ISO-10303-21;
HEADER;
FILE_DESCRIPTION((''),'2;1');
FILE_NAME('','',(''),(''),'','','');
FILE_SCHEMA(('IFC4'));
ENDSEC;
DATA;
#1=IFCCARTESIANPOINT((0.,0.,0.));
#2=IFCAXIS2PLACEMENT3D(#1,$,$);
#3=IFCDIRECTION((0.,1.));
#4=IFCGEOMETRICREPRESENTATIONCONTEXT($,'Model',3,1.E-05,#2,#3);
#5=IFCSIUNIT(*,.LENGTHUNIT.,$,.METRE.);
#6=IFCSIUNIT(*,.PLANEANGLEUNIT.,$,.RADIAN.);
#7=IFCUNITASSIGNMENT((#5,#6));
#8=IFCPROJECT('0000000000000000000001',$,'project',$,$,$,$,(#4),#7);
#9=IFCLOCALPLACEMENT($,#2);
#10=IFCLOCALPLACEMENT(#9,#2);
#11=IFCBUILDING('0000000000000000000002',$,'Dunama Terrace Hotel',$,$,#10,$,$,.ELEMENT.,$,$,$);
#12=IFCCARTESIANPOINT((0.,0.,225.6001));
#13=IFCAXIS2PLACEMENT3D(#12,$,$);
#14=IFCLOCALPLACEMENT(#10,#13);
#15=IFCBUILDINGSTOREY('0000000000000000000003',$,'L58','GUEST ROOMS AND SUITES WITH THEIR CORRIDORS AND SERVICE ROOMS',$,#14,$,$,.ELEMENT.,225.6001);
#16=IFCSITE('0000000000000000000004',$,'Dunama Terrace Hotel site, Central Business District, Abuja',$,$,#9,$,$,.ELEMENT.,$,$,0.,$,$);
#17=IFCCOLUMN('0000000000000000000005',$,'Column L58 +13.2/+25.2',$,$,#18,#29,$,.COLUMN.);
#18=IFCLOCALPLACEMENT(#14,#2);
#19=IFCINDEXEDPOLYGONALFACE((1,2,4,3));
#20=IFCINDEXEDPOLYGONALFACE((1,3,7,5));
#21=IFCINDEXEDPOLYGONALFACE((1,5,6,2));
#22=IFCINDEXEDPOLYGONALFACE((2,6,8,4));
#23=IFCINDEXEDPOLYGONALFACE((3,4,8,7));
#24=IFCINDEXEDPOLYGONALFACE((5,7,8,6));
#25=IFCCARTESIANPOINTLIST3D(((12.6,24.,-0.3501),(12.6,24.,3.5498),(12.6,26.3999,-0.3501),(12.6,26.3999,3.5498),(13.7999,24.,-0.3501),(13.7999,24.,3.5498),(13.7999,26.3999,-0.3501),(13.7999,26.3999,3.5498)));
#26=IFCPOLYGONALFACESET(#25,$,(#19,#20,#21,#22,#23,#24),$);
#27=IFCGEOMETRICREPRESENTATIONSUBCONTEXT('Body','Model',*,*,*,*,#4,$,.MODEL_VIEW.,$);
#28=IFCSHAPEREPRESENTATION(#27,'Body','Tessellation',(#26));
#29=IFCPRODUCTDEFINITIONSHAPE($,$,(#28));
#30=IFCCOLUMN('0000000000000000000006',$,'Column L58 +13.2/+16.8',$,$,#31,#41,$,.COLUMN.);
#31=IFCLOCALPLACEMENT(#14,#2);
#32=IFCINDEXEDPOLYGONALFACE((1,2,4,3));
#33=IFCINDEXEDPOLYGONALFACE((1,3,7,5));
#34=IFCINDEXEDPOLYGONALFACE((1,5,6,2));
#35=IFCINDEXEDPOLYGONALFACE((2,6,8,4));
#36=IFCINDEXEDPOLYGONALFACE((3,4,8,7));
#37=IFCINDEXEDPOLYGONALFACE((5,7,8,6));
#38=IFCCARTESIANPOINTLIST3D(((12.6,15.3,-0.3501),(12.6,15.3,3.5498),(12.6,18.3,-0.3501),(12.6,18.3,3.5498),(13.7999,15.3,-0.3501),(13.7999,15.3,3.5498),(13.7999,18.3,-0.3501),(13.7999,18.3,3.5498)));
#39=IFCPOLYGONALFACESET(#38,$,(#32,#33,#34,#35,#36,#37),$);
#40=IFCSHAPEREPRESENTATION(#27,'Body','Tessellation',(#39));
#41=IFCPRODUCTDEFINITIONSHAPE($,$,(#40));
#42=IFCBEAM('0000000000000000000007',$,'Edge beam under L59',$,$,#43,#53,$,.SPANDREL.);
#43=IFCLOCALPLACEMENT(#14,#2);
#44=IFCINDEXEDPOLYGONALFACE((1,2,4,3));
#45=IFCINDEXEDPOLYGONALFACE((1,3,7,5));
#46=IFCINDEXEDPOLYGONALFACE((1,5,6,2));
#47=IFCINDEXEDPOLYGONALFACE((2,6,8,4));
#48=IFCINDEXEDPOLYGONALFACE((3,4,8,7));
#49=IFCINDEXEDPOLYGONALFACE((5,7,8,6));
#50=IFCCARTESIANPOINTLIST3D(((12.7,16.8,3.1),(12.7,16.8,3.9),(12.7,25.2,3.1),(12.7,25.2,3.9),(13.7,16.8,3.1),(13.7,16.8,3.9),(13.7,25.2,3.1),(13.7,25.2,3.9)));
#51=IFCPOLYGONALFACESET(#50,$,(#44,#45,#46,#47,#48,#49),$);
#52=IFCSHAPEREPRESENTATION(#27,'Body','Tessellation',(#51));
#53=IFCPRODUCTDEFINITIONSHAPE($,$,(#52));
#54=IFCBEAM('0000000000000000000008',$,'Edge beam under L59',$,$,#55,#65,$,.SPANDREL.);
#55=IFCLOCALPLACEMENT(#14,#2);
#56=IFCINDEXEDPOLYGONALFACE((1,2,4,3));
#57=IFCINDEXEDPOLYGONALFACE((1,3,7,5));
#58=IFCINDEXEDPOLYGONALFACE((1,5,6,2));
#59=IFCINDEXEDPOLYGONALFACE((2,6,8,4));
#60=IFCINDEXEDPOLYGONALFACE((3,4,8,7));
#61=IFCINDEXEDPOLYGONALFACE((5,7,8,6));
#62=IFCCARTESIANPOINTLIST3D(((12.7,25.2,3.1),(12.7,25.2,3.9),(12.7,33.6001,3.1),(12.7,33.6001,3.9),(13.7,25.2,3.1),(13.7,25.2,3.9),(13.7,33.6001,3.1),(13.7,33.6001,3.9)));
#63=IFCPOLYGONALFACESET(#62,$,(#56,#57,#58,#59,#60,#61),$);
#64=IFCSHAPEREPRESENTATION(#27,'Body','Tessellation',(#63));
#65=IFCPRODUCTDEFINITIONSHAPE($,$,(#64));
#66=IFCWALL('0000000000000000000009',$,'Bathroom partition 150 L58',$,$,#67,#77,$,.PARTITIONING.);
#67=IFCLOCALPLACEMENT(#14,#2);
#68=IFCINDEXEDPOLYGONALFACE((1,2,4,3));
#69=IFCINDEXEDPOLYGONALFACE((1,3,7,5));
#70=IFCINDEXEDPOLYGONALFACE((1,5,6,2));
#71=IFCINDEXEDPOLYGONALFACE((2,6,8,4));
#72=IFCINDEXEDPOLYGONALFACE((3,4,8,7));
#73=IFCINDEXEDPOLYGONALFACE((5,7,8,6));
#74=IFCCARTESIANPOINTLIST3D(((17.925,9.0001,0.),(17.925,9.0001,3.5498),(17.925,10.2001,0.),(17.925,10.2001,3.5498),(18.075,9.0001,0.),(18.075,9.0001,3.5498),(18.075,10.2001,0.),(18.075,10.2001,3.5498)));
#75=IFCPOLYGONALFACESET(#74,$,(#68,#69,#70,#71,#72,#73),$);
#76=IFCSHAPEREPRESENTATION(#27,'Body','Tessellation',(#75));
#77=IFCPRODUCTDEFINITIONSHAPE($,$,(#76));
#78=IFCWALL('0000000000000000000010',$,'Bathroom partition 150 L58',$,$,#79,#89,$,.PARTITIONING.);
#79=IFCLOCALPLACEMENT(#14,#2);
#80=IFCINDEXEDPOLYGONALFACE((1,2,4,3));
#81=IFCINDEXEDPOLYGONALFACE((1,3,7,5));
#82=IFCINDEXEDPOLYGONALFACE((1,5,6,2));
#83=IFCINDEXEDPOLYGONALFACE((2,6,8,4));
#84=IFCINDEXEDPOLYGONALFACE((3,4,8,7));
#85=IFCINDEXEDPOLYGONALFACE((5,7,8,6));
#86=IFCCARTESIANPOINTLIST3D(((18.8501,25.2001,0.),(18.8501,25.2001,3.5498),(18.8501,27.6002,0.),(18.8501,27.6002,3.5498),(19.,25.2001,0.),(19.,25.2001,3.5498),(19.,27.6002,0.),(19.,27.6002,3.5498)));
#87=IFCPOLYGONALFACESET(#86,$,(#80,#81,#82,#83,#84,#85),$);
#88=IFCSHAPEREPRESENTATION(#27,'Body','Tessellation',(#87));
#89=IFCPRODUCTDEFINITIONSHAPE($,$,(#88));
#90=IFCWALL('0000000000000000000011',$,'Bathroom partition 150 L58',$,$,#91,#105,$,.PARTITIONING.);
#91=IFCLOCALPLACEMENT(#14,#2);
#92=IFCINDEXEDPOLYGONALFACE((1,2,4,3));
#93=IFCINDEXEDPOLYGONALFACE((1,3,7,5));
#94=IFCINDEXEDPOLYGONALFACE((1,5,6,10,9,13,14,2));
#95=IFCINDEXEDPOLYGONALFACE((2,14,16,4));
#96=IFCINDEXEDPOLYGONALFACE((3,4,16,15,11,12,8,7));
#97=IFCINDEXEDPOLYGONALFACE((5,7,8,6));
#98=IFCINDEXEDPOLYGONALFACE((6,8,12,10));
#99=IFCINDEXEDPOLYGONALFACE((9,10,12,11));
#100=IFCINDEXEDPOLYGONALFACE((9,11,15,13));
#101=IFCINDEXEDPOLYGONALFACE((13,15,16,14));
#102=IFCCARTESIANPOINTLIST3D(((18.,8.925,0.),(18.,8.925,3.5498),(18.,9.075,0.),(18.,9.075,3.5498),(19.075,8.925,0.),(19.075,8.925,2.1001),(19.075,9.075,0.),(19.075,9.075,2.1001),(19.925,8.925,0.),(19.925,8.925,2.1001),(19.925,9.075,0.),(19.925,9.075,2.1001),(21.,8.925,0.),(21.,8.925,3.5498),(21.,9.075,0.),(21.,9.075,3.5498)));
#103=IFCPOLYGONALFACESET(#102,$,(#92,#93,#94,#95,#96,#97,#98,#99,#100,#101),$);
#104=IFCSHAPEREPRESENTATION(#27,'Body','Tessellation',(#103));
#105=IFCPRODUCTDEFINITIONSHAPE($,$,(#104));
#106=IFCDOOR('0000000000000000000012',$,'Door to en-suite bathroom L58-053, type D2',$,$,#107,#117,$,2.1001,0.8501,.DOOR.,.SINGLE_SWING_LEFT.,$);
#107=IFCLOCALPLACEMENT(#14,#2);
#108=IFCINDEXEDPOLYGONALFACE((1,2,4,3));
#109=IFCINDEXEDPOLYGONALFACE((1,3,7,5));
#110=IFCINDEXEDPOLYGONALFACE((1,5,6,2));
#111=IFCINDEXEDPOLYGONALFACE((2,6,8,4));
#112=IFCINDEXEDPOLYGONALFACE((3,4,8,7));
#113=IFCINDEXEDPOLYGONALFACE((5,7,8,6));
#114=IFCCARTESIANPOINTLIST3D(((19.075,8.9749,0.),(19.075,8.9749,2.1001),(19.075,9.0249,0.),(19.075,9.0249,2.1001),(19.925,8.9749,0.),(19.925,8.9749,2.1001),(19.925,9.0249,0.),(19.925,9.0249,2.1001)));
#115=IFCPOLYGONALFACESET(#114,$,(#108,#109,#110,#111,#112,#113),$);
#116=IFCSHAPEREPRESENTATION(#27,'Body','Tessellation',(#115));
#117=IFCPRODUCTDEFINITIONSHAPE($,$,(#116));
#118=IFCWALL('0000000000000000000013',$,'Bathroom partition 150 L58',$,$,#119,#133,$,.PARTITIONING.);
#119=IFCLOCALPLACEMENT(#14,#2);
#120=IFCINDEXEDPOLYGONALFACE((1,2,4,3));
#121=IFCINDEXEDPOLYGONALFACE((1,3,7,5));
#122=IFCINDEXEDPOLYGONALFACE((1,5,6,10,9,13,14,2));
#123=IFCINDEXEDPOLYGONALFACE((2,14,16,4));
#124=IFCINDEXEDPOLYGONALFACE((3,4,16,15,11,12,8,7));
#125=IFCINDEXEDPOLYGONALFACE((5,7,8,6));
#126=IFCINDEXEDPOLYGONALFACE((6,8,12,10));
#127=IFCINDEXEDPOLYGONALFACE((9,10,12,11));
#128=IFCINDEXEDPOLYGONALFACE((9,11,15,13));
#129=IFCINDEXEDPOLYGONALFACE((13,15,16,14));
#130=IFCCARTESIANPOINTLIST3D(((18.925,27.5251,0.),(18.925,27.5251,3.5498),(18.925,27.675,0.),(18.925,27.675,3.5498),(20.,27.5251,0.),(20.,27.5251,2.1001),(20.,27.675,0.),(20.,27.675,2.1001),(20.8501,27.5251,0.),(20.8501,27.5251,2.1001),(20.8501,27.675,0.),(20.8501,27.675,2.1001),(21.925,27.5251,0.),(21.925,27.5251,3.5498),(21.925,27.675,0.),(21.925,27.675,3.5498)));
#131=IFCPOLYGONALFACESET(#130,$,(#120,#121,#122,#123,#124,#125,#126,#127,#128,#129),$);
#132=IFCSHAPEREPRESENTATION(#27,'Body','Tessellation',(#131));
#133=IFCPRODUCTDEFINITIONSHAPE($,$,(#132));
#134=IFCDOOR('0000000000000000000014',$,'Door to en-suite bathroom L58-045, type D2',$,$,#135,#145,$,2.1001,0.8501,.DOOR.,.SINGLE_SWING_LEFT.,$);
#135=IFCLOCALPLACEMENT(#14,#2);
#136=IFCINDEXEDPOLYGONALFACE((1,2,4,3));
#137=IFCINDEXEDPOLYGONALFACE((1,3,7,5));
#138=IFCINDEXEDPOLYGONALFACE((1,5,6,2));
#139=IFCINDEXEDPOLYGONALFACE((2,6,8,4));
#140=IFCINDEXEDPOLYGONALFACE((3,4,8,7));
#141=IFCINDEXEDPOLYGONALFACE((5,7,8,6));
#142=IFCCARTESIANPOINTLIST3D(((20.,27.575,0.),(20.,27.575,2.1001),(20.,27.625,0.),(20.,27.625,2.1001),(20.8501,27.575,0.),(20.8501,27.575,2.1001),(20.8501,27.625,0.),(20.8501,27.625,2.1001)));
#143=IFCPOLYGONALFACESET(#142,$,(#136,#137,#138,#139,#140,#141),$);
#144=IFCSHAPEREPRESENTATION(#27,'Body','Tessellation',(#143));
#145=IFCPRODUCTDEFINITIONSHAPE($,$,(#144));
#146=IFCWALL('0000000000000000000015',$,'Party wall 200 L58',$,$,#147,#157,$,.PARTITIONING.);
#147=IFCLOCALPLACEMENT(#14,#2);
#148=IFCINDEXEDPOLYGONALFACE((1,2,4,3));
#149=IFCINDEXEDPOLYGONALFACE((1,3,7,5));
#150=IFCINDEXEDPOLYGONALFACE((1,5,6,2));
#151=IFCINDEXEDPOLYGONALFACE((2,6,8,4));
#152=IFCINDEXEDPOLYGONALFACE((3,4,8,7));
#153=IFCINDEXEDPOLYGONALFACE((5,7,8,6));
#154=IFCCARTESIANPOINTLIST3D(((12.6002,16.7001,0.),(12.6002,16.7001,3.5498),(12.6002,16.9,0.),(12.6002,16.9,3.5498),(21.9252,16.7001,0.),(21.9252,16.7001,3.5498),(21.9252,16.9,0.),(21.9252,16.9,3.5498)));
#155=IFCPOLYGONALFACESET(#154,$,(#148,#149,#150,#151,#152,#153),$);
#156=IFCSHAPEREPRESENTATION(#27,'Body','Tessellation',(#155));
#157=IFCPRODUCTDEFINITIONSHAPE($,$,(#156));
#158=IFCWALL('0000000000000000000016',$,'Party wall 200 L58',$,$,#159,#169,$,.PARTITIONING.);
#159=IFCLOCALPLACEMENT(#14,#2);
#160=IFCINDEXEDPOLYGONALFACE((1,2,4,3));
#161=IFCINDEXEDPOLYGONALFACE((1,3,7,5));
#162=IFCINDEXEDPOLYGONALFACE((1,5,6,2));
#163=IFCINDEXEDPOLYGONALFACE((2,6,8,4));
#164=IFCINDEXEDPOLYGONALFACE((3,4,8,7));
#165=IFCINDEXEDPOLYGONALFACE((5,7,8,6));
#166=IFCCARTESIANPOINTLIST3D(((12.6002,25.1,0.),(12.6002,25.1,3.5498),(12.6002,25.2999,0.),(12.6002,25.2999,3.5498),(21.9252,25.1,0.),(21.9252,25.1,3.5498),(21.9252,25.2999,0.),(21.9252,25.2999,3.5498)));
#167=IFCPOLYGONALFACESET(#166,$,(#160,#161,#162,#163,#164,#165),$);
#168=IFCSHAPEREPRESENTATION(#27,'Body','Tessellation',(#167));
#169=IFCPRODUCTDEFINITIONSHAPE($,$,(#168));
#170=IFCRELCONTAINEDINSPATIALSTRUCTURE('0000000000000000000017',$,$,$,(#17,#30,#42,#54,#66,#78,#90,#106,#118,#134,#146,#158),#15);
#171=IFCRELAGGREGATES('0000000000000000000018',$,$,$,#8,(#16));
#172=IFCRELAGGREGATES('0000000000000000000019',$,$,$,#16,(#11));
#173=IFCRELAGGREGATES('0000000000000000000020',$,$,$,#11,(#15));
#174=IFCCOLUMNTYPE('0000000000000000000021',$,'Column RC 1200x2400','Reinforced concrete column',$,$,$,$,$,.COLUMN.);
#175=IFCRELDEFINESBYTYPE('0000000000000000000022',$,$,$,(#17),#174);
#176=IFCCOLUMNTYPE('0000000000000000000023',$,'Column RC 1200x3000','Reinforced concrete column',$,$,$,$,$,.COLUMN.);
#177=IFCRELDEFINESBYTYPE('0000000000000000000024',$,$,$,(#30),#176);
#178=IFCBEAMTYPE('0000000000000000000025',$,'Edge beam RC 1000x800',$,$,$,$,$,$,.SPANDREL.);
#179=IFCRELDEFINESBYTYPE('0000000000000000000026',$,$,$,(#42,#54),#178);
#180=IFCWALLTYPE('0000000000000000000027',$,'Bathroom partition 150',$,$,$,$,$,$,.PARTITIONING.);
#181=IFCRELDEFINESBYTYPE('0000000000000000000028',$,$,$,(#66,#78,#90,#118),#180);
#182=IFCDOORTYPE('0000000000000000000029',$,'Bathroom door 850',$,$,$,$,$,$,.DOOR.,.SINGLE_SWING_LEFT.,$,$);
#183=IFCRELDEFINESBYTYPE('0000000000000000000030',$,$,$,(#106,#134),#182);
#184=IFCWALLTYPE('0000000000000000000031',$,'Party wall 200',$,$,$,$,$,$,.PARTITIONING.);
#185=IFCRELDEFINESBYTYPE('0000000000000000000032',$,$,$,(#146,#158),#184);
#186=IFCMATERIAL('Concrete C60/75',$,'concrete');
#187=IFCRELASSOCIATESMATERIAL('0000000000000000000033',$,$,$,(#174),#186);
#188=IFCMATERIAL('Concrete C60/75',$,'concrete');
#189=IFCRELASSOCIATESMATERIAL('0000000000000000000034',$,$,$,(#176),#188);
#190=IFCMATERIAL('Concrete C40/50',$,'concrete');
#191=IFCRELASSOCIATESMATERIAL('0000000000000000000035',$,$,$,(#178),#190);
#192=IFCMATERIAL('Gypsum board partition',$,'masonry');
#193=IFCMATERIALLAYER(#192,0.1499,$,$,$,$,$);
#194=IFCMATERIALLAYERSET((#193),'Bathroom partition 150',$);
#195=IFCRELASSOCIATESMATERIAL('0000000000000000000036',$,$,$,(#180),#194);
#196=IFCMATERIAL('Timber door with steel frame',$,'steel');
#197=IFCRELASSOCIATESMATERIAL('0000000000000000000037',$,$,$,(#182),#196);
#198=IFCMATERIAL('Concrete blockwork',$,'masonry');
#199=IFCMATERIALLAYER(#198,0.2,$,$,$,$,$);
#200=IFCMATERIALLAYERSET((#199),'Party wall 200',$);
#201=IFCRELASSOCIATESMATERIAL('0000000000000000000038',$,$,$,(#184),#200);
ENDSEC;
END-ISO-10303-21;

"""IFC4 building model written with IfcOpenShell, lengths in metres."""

from ifc_helpers import new_model, si_unit, direction, frame, frame_2d, origin, origin_2d, place, context, subcontext, project, spatial, rectangle, extrude, material, layer, layer_set, material_profile, profile_set, type_object, element, fill, save


model = new_model("IFC4")

# Units and contexts
model_context = context("Model", 3, precision=1e-05, world=origin(), true_north=direction((0.0, 1.0)))
body_context = subcontext(model_context, "Body", "Model", "MODEL_VIEW")
ifc_project = project(units=[si_unit("LENGTHUNIT", "METRE"), si_unit("PLANEANGLEUNIT", "RADIAN")], contexts=[model_context])

# Site, building, storey
site_placement = place(None, origin())
site = spatial("IfcSite", under=ifc_project, at=site_placement, Name="Dunama Terrace Hotel site, Central Business District, Abuja", CompositionType="ELEMENT", RefElevation=0.0)
building_placement = place(site_placement, origin())
building = spatial("IfcBuilding", under=site, at=building_placement, Name="Dunama Terrace Hotel", CompositionType="ELEMENT")
storey_placement = place(building_placement, frame((0.0, 0.0, 225.6001)))
storey = spatial("IfcBuildingStorey", under=building, at=storey_placement, Name="L58", Description="GUEST ROOMS AND SUITES WITH THEIR CORRIDORS AND SERVICE ROOMS", CompositionType="ELEMENT", Elevation=225.6001)

# Columns
ifc_material_1 = material(Name="Concrete C60/75", Category="concrete")
ifc_material_profile_1 = material_profile(ifc_material_1, rectangle(XDim=1.2, YDim=2.3999, at=origin_2d()), Name="RC 1200x2400")
ifc_profile_set_1 = profile_set([ifc_material_profile_1], Name="Concrete C60/75")
column_type_1 = type_object("IfcColumnType", Name="Column RC 1200x2400", Description="Reinforced concrete column", PredefinedType="COLUMN", material=ifc_profile_set_1)
column_1_placement = place(storey_placement, frame((13.2, 25.2, -0.3501), z_axis=(0.0, 0.0, 1.0), x_axis=(1.0, 0.0, 0.0)))
element("IfcColumn", 1, at=column_1_placement, inside=storey, type_object=column_type_1, Name="Column L58 +13.2/+25.2", PredefinedType="COLUMN", context=body_context, shape_type="SweptSolid", body=[
    extrude(rectangle(XDim=1.2, YDim=2.3999, at=origin_2d()), origin(), (0.0, 0.0, 1.0), 3.8999),
])
ifc_material_2 = material(Name="Concrete C60/75", Category="concrete")
ifc_material_profile_2 = material_profile(ifc_material_2, rectangle(XDim=1.2, YDim=3.0, at=origin_2d()), Name="RC 1200x3000")
ifc_profile_set_2 = profile_set([ifc_material_profile_2], Name="Concrete C60/75")
column_type_2 = type_object("IfcColumnType", Name="Column RC 1200x3000", Description="Reinforced concrete column", PredefinedType="COLUMN", material=ifc_profile_set_2)
column_2_placement = place(storey_placement, frame((13.2, 16.8, -0.3501), z_axis=(0.0, 0.0, 1.0), x_axis=(1.0, 0.0, 0.0)))
element("IfcColumn", 2, at=column_2_placement, inside=storey, type_object=column_type_2, Name="Column L58 +13.2/+16.8", PredefinedType="COLUMN", context=body_context, shape_type="SweptSolid", body=[
    extrude(rectangle(XDim=1.2, YDim=3.0, at=origin_2d()), origin(), (0.0, 0.0, 1.0), 3.8999),
])

# Beams
ifc_material_3 = material(Name="Concrete C40/50", Category="concrete")
ifc_material_profile_3 = material_profile(ifc_material_3, rectangle(XDim=1.0, YDim=0.8, at=origin_2d()), Name="RC 1000x800")
ifc_profile_set_3 = profile_set([ifc_material_profile_3], Name="Concrete C40/50")
beam_type = type_object("IfcBeamType", Name="Edge beam RC 1000x800", PredefinedType="SPANDREL", material=ifc_profile_set_3)
beam_1_placement = place(storey_placement, frame((13.2, 16.8, 3.5), z_axis=(0.0, 1.0, 0.0), x_axis=(-1.0, 0.0, 0.0)))
element("IfcBeam", 3, at=beam_1_placement, inside=storey, type_object=beam_type, Name="Edge beam under L59", PredefinedType="SPANDREL", context=body_context, shape_type="SweptSolid", body=[
    extrude(rectangle(XDim=1.0, YDim=0.8, at=origin_2d()), origin(), (0.0, 0.0, 1.0), 8.3999),
])
beam_2_placement = place(storey_placement, frame((13.2, 25.2, 3.5), z_axis=(0.0, 1.0, 0.0), x_axis=(-1.0, 0.0, 0.0)))
element("IfcBeam", 4, at=beam_2_placement, inside=storey, type_object=beam_type, Name="Edge beam under L59", PredefinedType="SPANDREL", context=body_context, shape_type="SweptSolid", body=[
    extrude(rectangle(XDim=1.0, YDim=0.8, at=origin_2d()), origin(), (0.0, 0.0, 1.0), 8.4001),
])

# Walls
ifc_material_4 = material(Name="Gypsum board partition", Category="masonry")
ifc_layer_1 = layer(ifc_material_4, 0.1499)
ifc_layer_set_1 = layer_set([ifc_layer_1], Name="Bathroom partition 150")
wall_type_1 = type_object("IfcWallType", Name="Bathroom partition 150", PredefinedType="PARTITIONING", material=ifc_layer_set_1)
wall_1_placement = place(storey_placement, frame((18.0, 9.0, 0.0), z_axis=(0.0, 0.0, 1.0), x_axis=(0.0, 1.0, 0.0)))
element("IfcWall", 5, at=wall_1_placement, inside=storey, type_object=wall_type_1, Name="Bathroom partition 150 L58", PredefinedType="PARTITIONING", context=body_context, shape_type="SweptSolid", body=[
    extrude(rectangle(XDim=1.2, YDim=0.1499, at=frame_2d((0.6001, 0.0))), origin(), (0.0, 0.0, 1.0), 3.5498),
])
wall_2_placement = place(storey_placement, frame((18.925, 25.2, 0.0), z_axis=(0.0, 0.0, 1.0), x_axis=(0.0, 1.0, 0.0)))
element("IfcWall", 6, at=wall_2_placement, inside=storey, type_object=wall_type_1, Name="Bathroom partition 150 L58", PredefinedType="PARTITIONING", context=body_context, shape_type="SweptSolid", body=[
    extrude(rectangle(XDim=2.4001, YDim=0.1499, at=frame_2d((1.2002, 0.0))), origin(), (0.0, 0.0, 1.0), 3.5498),
])

# Walls, openings, doors
wall_3_placement = place(storey_placement, frame((18.0, 9.0, 0.0), z_axis=(0.0, 0.0, 1.0), x_axis=(1.0, 0.0, 0.0)))
wall_3 = element("IfcWall", 7, at=wall_3_placement, inside=storey, type_object=wall_type_1, Name="Bathroom partition 150 L58", PredefinedType="PARTITIONING", context=body_context, shape_type="SweptSolid", body=[
    extrude(rectangle(XDim=3.0, YDim=0.1499, at=frame_2d((1.5, 0.0))), origin(), (0.0, 0.0, 1.0), 3.5498),
])
opening_1_placement = place(wall_3_placement, frame((1.075, 0.0, 0.0)))
opening_1 = element("IfcOpeningElement", 8, at=opening_1_placement, cuts=wall_3, PredefinedType="OPENING", context=body_context, shape_type="SweptSolid", body=[
    extrude(rectangle(XDim=0.8501, YDim=2.1001, at=frame_2d((0.425, 1.05))), frame((0.0, 0.085, 0.0), z_axis=(0.0, -1.0, 0.0), x_axis=(1.0, 0.0, 0.0)), (0.0, 0.0, 1.0), 0.1699),
])
ifc_material_5 = material(Name="Timber door with steel frame", Category="steel")
door_type_1 = type_object("IfcDoorType", Name="Bathroom door 850", OperationType="SINGLE_SWING_LEFT", PredefinedType="DOOR", material=ifc_material_5)
door_1_placement = place(opening_1_placement, origin())
door_1 = element("IfcDoor", 9, at=door_1_placement, inside=storey, type_object=door_type_1, Name="Door to en-suite bathroom L58-053, type D2", OperationType="SINGLE_SWING_LEFT", OverallHeight=2.1001, OverallWidth=0.8501, PredefinedType="DOOR", context=body_context, shape_type="SweptSolid", body=[
    extrude(rectangle(XDim=0.8501, YDim=2.1001, at=frame_2d((0.425, 1.05))), frame((0.0, 0.0249, 0.0), z_axis=(0.0, -1.0, 0.0), x_axis=(1.0, 0.0, 0.0)), (0.0, 0.0, 1.0), 0.05),
])
fill(opening_1, door_1)
wall_4_placement = place(storey_placement, frame((18.925, 27.6001, 0.0), z_axis=(0.0, 0.0, 1.0), x_axis=(1.0, 0.0, 0.0)))
wall_4 = element("IfcWall", 10, at=wall_4_placement, inside=storey, type_object=wall_type_1, Name="Bathroom partition 150 L58", PredefinedType="PARTITIONING", context=body_context, shape_type="SweptSolid", body=[
    extrude(rectangle(XDim=3.0, YDim=0.1499, at=frame_2d((1.5, 0.0))), origin(), (0.0, 0.0, 1.0), 3.5498),
])
opening_2_placement = place(wall_4_placement, frame((1.075, 0.0, 0.0)))
opening_2 = element("IfcOpeningElement", 11, at=opening_2_placement, cuts=wall_4, PredefinedType="OPENING", context=body_context, shape_type="SweptSolid", body=[
    extrude(rectangle(XDim=0.8501, YDim=2.1001, at=frame_2d((0.425, 1.05))), frame((0.0, 0.085, 0.0), z_axis=(0.0, -1.0, 0.0), x_axis=(1.0, 0.0, 0.0)), (0.0, 0.0, 1.0), 0.1699),
])
door_2_placement = place(opening_2_placement, frame((0.8501, 0.0, 0.0), z_axis=(0.0, 0.0, 1.0), x_axis=(-1.0, 0.0, 0.0)))
door_2 = element("IfcDoor", 12, at=door_2_placement, inside=storey, type_object=door_type_1, Name="Door to en-suite bathroom L58-045, type D2", OperationType="SINGLE_SWING_LEFT", OverallHeight=2.1001, OverallWidth=0.8501, PredefinedType="DOOR", context=body_context, shape_type="SweptSolid", body=[
    extrude(rectangle(XDim=0.8501, YDim=2.1001, at=frame_2d((0.425, 1.05))), frame((0.0, 0.0251, 0.0), z_axis=(0.0, -1.0, 0.0), x_axis=(1.0, 0.0, 0.0)), (0.0, 0.0, 1.0), 0.05),
])
fill(opening_2, door_2)

# Walls
ifc_material_6 = material(Name="Concrete blockwork", Category="masonry")
ifc_layer_2 = layer(ifc_material_6, 0.2)
ifc_layer_set_2 = layer_set([ifc_layer_2], Name="Party wall 200")
wall_type_2 = type_object("IfcWallType", Name="Party wall 200", PredefinedType="PARTITIONING", material=ifc_layer_set_2)
for number, where, z_axis, x_axis, name in (
    (13, (12.6001, 16.8, 0.0), (0.0, 0.0, 1.0), (1.0, 0.0, 0.0), "Party wall 200 L58"),
    (14, (12.6001, 25.2, 0.0), (0.0, 0.0, 1.0), (1.0, 0.0, 0.0), "Party wall 200 L58"),
):
    element("IfcWall", number, at=place(storey_placement, frame(where, z_axis=z_axis, x_axis=x_axis)), inside=storey, type_object=wall_type_2, Name=name, PredefinedType="PARTITIONING", context=body_context, shape_type="SweptSolid", body=[
        extrude(rectangle(XDim=9.325, YDim=0.2, at=frame_2d((4.6626, 0.0))), origin(), (0.0, 0.0, 1.0), 3.5498),
    ])

save(model, "model.ifc")
